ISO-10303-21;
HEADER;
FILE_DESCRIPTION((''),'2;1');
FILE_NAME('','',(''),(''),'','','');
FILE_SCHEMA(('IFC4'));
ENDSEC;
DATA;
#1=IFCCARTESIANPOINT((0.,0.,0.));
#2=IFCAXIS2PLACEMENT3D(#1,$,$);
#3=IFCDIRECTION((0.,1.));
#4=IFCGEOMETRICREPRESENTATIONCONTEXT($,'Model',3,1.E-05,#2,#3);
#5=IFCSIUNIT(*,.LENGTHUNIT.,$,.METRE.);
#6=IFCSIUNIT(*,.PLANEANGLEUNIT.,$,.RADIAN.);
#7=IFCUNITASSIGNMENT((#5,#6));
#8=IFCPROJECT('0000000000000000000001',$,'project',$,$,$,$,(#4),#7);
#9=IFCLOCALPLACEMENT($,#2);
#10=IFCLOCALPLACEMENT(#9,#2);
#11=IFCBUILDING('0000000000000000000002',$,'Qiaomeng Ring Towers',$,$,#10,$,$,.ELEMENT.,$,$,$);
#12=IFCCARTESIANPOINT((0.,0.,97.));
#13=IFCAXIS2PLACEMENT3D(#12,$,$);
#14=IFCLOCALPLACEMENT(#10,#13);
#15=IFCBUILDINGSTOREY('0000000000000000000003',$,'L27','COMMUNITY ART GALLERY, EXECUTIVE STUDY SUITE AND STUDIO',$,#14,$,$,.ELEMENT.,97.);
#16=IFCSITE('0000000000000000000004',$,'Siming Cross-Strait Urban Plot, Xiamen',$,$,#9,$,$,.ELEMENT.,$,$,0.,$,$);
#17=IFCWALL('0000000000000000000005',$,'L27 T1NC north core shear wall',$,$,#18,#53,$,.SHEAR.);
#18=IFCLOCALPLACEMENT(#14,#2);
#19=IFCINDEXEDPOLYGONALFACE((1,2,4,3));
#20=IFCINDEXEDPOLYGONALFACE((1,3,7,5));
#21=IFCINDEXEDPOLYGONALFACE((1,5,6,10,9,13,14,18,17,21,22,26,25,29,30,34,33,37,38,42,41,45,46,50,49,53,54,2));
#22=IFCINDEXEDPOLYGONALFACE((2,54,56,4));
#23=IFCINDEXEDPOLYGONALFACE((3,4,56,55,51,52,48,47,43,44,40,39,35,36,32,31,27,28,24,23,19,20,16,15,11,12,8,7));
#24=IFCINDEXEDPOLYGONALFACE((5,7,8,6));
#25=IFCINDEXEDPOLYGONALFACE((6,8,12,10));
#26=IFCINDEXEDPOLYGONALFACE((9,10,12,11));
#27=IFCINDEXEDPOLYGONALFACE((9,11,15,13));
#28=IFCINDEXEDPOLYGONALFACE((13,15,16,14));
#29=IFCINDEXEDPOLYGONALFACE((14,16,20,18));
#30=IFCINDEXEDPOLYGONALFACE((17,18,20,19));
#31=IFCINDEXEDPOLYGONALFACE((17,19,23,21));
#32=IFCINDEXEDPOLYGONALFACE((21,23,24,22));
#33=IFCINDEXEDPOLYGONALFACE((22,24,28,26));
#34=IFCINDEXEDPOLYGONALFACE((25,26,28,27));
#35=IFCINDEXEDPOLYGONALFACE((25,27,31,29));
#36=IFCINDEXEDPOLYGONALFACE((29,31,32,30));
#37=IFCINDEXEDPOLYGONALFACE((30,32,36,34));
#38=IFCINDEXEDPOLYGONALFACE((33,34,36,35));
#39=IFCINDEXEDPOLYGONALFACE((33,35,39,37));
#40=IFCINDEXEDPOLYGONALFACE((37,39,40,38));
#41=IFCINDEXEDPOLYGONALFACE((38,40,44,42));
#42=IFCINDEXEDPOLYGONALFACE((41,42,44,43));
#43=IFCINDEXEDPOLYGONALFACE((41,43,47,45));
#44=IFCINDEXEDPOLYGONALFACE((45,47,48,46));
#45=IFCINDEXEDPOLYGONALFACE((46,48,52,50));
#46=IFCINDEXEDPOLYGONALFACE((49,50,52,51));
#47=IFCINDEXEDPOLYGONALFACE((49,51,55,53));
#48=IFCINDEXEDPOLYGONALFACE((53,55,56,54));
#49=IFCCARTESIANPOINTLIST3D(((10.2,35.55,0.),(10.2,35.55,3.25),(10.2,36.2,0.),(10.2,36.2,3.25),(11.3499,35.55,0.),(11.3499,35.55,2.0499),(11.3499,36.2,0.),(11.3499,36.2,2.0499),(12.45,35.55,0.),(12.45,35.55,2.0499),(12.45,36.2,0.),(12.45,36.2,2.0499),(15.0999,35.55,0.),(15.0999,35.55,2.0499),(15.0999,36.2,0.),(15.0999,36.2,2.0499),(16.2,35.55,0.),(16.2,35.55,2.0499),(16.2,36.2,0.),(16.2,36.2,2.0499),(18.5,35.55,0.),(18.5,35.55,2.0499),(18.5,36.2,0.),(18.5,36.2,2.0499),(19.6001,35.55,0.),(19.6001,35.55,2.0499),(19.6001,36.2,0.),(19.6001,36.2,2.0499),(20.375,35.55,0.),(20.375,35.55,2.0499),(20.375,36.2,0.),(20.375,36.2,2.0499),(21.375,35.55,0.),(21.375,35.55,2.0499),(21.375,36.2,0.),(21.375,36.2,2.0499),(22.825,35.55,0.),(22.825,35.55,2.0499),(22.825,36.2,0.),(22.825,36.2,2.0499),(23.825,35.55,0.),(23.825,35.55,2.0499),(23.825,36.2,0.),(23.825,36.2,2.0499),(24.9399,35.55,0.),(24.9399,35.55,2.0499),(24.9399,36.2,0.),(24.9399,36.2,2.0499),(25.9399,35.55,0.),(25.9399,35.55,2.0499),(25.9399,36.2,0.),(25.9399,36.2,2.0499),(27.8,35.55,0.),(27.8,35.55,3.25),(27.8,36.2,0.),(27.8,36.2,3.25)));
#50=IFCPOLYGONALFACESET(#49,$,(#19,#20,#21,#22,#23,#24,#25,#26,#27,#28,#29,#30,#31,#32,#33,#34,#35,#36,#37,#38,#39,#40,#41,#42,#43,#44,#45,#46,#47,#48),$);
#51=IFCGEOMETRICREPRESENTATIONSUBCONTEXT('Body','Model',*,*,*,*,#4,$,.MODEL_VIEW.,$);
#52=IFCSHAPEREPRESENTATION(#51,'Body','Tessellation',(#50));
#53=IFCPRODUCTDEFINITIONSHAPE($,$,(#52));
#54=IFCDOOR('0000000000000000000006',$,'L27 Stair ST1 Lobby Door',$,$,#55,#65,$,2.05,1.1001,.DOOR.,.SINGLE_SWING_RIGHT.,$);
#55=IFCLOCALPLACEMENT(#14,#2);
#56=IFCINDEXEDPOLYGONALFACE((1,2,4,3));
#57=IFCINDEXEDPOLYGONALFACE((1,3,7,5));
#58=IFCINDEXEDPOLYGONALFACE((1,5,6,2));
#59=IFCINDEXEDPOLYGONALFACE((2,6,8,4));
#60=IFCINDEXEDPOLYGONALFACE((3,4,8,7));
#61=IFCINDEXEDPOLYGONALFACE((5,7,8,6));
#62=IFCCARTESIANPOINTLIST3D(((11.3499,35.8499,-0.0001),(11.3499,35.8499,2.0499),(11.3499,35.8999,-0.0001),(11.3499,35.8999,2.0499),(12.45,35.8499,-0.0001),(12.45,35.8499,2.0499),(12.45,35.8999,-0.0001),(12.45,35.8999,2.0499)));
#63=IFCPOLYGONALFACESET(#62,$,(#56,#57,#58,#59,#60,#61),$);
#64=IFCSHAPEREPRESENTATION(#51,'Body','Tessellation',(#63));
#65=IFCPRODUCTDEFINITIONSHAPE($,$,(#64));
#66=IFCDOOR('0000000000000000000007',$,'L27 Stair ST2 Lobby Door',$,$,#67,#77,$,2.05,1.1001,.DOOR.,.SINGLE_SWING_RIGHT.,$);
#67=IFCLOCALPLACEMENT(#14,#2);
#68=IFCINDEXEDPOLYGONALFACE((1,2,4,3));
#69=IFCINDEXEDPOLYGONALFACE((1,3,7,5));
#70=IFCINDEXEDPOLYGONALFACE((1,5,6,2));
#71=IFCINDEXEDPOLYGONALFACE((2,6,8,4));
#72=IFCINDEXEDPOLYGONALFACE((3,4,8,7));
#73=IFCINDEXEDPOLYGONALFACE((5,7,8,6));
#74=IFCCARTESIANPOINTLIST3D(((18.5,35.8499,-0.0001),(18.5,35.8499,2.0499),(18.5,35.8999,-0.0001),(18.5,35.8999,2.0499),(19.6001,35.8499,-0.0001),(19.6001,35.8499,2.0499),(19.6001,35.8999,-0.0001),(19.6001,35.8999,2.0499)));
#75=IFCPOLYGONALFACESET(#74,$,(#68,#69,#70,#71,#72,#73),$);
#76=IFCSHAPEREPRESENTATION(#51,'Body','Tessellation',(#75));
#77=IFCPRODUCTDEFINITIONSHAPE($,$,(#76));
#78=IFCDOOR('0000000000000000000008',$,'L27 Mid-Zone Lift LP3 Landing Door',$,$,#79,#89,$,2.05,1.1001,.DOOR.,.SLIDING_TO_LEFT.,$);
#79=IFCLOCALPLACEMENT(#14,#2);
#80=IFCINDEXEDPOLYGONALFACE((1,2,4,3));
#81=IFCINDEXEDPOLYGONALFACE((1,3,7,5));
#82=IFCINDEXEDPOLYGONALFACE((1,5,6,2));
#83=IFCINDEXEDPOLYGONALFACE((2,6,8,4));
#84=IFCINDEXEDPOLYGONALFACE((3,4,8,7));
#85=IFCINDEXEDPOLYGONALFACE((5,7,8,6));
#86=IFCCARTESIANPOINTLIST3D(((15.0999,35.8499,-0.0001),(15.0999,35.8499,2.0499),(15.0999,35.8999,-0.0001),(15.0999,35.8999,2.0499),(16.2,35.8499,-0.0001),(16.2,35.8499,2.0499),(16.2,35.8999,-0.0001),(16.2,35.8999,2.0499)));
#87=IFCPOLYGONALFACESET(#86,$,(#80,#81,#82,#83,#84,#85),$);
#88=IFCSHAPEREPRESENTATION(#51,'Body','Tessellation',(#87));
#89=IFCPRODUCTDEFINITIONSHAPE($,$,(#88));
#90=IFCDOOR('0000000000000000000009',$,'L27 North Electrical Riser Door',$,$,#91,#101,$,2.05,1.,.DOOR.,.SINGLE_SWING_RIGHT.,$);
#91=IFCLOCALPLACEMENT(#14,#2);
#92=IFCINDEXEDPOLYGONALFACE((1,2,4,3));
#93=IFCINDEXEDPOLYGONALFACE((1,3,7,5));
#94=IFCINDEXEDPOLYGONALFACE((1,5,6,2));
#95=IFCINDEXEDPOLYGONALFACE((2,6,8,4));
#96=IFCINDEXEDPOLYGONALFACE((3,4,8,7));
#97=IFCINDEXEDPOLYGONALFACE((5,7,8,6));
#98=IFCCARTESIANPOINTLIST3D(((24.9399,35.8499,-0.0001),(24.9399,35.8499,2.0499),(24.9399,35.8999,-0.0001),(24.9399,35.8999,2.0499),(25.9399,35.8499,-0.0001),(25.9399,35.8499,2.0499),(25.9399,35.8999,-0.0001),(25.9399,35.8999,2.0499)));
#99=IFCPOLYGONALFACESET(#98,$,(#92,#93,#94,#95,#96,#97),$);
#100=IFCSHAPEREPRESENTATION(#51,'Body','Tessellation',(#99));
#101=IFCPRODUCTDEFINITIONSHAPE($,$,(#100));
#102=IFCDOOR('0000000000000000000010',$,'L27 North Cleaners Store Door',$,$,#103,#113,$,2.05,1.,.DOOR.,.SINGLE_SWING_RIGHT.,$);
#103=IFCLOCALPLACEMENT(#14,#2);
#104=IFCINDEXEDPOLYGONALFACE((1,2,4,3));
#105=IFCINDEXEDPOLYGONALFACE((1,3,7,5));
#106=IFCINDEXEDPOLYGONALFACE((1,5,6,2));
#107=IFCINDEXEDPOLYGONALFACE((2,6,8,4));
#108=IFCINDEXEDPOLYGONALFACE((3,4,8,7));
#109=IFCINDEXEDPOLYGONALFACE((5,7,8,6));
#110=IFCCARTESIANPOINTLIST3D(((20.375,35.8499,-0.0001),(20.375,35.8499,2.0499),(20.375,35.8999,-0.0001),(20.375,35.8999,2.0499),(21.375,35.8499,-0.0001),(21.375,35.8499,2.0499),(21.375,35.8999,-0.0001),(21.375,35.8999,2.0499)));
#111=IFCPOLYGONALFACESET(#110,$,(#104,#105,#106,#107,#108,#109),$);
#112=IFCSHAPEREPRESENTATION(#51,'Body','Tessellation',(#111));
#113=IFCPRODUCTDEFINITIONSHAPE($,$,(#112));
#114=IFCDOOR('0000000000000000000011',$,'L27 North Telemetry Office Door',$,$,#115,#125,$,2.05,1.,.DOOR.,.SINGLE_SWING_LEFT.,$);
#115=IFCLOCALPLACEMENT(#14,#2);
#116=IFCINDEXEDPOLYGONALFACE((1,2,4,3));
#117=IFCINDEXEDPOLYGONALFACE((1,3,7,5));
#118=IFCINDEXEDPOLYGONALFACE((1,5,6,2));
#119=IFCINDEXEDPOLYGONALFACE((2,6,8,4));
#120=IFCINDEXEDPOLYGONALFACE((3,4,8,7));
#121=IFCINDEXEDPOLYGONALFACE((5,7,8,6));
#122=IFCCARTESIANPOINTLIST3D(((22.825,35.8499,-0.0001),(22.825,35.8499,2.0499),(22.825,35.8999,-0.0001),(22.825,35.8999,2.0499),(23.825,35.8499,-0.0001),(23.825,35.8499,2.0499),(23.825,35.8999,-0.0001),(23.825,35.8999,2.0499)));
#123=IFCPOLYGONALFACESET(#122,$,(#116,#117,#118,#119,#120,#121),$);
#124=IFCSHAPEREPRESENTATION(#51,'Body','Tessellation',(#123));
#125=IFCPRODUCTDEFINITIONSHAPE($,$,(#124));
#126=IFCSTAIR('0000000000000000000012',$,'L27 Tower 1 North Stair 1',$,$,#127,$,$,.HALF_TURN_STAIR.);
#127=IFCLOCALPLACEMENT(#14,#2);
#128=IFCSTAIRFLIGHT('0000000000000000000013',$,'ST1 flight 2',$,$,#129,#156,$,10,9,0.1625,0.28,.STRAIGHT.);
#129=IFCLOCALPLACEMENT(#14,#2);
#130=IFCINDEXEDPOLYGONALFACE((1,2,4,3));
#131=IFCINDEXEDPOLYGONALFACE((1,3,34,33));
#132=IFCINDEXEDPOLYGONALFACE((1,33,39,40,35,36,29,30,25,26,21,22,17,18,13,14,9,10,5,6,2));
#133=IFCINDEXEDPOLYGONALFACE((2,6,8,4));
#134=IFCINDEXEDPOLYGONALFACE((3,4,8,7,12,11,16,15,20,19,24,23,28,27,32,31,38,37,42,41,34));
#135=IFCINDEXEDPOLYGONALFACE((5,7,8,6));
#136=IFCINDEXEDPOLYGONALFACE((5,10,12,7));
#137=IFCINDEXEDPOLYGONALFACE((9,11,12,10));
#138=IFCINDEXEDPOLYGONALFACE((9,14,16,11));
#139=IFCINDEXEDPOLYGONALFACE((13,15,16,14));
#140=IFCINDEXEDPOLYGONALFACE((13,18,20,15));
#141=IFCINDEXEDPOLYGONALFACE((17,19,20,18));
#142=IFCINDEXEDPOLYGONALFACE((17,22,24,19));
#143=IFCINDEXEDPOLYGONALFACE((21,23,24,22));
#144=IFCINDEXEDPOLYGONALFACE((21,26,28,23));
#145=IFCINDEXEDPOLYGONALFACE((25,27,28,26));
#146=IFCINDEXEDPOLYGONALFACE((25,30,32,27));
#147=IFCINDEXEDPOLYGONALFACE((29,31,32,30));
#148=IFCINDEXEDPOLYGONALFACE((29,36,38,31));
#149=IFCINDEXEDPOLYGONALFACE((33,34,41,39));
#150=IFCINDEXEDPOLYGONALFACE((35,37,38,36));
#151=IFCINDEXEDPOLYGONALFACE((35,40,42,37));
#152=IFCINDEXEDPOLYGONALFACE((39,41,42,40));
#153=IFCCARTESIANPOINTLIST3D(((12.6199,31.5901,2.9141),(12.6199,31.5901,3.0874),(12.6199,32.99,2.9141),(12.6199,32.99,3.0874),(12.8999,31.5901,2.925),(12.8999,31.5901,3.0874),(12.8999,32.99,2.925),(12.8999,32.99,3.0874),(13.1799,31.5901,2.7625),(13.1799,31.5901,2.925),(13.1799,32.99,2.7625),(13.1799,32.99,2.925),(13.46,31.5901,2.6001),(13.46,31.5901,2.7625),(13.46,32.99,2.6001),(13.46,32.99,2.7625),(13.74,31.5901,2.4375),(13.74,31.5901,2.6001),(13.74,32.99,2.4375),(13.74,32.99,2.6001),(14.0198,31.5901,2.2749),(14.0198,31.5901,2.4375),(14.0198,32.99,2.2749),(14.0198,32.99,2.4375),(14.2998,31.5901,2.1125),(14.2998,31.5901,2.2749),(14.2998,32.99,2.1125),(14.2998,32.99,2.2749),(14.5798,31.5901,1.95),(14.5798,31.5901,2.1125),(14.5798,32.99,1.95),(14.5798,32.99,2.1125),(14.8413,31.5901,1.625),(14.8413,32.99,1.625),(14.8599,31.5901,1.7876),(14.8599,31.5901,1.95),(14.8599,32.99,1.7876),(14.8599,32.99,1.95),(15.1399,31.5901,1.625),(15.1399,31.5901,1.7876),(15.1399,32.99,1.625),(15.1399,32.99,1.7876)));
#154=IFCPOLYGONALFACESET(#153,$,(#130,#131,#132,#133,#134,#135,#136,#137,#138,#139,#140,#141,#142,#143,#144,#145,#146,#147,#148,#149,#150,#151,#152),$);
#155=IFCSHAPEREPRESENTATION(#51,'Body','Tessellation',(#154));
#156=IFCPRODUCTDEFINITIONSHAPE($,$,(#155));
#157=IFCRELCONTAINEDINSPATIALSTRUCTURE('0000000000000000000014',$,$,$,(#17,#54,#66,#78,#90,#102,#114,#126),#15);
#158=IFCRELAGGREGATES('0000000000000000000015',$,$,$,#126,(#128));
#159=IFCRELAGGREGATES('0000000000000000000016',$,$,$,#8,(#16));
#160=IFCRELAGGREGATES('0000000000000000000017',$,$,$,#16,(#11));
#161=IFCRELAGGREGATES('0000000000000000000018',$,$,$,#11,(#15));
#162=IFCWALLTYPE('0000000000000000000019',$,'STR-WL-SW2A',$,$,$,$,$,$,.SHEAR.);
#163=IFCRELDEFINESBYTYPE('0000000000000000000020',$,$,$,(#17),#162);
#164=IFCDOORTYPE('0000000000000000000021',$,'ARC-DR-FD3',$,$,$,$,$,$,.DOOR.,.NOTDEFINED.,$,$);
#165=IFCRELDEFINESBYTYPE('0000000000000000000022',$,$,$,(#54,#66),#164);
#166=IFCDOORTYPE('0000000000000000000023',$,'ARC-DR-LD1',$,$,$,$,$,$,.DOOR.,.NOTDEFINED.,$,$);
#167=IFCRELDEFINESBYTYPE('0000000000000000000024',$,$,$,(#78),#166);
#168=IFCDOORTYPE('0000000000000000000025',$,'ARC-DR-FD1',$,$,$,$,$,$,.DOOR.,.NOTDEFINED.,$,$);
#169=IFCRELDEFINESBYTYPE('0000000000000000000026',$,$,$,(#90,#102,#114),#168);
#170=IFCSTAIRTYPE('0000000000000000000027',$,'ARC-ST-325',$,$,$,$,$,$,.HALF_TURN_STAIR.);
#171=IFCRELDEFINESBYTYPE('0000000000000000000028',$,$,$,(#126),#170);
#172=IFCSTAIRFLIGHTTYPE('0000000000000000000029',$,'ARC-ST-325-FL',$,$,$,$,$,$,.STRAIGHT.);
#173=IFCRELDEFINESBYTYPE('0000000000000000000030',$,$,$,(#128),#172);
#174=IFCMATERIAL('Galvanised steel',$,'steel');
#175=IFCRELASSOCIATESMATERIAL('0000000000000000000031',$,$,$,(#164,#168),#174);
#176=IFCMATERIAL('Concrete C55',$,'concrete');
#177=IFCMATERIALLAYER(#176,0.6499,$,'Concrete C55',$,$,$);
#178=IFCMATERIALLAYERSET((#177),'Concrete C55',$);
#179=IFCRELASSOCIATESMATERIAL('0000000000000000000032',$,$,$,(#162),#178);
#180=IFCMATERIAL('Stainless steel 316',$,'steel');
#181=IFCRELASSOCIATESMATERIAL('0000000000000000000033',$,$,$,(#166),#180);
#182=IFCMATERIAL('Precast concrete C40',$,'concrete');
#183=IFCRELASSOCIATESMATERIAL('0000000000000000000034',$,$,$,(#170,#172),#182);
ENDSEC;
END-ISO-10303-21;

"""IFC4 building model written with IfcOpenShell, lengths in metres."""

from ifc_helpers import new_model, si_unit, direction, frame, frame_2d, origin, place, context, subcontext, project, spatial, polyline, rectangle, outline, extrude, source, transform, mapped, material, layer, layer_set, type_object, element, fill, aggregate, save


model = new_model("IFC4")

# Units and contexts
model_context = context("Model", 3, precision=1e-05, world=origin(), true_north=direction((0.0, 1.0)))
body_context = subcontext(model_context, "Body", "Model", "MODEL_VIEW")
ifc_project = project(units=[si_unit("LENGTHUNIT", "METRE"), si_unit("PLANEANGLEUNIT", "RADIAN")], contexts=[model_context])

# Site, building, storey
site_placement = place(None, origin())
site = spatial("IfcSite", under=ifc_project, at=site_placement, Name="Siming Cross-Strait Urban Plot, Xiamen", CompositionType="ELEMENT", RefElevation=0.0)
building_placement = place(site_placement, origin())
building = spatial("IfcBuilding", under=site, at=building_placement, Name="Qiaomeng Ring Towers", CompositionType="ELEMENT")
storey_placement = place(building_placement, frame((0.0, 0.0, 97.0)))
storey = spatial("IfcBuildingStorey", under=building, at=storey_placement, Name="L27", Description="COMMUNITY ART GALLERY, EXECUTIVE STUDY SUITE AND STUDIO", CompositionType="ELEMENT", Elevation=97.0)

# Shared definitions
ifc_material_1 = material(Name="Concrete C55", Category="concrete")

# Shared definitions
shared_shape_1 = source(origin(), body_context, "Body", "SweptSolid", [
    extrude(rectangle(XDim=1.0, YDim=2.05, at=frame_2d((0.5, 1.0249))), frame((0.0, 0.0249, 0.0), z_axis=(0.0, -1.0, 0.0), x_axis=(1.0, 0.0, 0.0)), (0.0, 0.0, 1.0), 0.05),
])

# Shared definitions
ifc_material_2 = material(Name="Galvanised steel", Category="steel")
door_type_1 = type_object("IfcDoorType", Name="ARC-DR-FD3", OperationType="NOTDEFINED", PredefinedType="DOOR", material=ifc_material_2)
shared_shape_2 = source(origin(), body_context, "Body", "SweptSolid", [
    extrude(rectangle(XDim=1.1001, YDim=2.05, at=frame_2d((0.55, 1.0249))), frame((0.0, 0.0249, 0.0), z_axis=(0.0, -1.0, 0.0), x_axis=(1.0, 0.0, 0.0)), (0.0, 0.0, 1.0), 0.05),
])

# Wall, openings, doors
ifc_layer_1 = layer(ifc_material_1, 0.6499, Name="Concrete C55")
ifc_layer_set_1 = layer_set([ifc_layer_1], Name="Concrete C55")
wall_type_1 = type_object("IfcWallType", Name="STR-WL-SW2A", PredefinedType="SHEAR", material=ifc_layer_set_1)
wall_1_placement = place(storey_placement, frame((10.2, 35.875, 0.0), z_axis=(0.0, 0.0, 1.0), x_axis=(1.0, 0.0, 0.0)))
wall_1 = element("IfcWall", 1, at=wall_1_placement, inside=storey, type_object=wall_type_1, Name="L27 T1NC north core shear wall", PredefinedType="SHEAR", context=body_context, shape_type="SweptSolid", body=[
    extrude(rectangle(XDim=17.6001, YDim=0.6499, at=frame_2d((8.8, 0.0))), origin(), (0.0, 0.0, 1.0), 3.25),
])
opening_1_placement = place(wall_1_placement, frame((1.1499, 0.0, 0.0)))
opening_1 = element("IfcOpeningElement", 2, at=opening_1_placement, cuts=wall_1, PredefinedType="OPENING", context=body_context, shape_type="SweptSolid", body=[
    extrude(rectangle(XDim=1.1001, YDim=2.05, at=frame_2d((0.55, 1.0249))), frame((0.0, 0.335, 0.0), z_axis=(0.0, -1.0, 0.0), x_axis=(1.0, 0.0, 0.0)), (0.0, 0.0, 1.0), 0.6699),
])
opening_2_placement = place(wall_1_placement, frame((8.3, 0.0, 0.0)))
opening_2 = element("IfcOpeningElement", 3, at=opening_2_placement, cuts=wall_1, PredefinedType="OPENING", context=body_context, shape_type="SweptSolid", body=[
    extrude(rectangle(XDim=1.1001, YDim=2.05, at=frame_2d((0.55, 1.0249))), frame((0.0, 0.335, 0.0), z_axis=(0.0, -1.0, 0.0), x_axis=(1.0, 0.0, 0.0)), (0.0, 0.0, 1.0), 0.6699),
])
opening_3_placement = place(wall_1_placement, frame((4.8999, 0.0, 0.0)))
opening_3 = element("IfcOpeningElement", 4, at=opening_3_placement, cuts=wall_1, PredefinedType="OPENING", context=body_context, shape_type="SweptSolid", body=[
    extrude(rectangle(XDim=1.1001, YDim=2.05, at=frame_2d((0.55, 1.0249))), frame((0.0, 0.335, 0.0), z_axis=(0.0, -1.0, 0.0), x_axis=(1.0, 0.0, 0.0)), (0.0, 0.0, 1.0), 0.6699),
])
opening_4_placement = place(wall_1_placement, frame((14.74, 0.0, 0.0)))
opening_4 = element("IfcOpeningElement", 5, at=opening_4_placement, cuts=wall_1, PredefinedType="OPENING", context=body_context, shape_type="SweptSolid", body=[
    extrude(rectangle(XDim=1.0, YDim=2.05, at=frame_2d((0.5, 1.0249))), frame((0.0, 0.335, 0.0), z_axis=(0.0, -1.0, 0.0), x_axis=(1.0, 0.0, 0.0)), (0.0, 0.0, 1.0), 0.6699),
])
opening_5_placement = place(wall_1_placement, frame((10.175, 0.0, 0.0)))
opening_5 = element("IfcOpeningElement", 6, at=opening_5_placement, cuts=wall_1, PredefinedType="OPENING", context=body_context, shape_type="SweptSolid", body=[
    extrude(rectangle(XDim=1.0, YDim=2.05, at=frame_2d((0.5, 1.0249))), frame((0.0, 0.335, 0.0), z_axis=(0.0, -1.0, 0.0), x_axis=(1.0, 0.0, 0.0)), (0.0, 0.0, 1.0), 0.6699),
])
opening_6_placement = place(wall_1_placement, frame((12.625, 0.0, 0.0)))
opening_6 = element("IfcOpeningElement", 7, at=opening_6_placement, cuts=wall_1, PredefinedType="OPENING", context=body_context, shape_type="SweptSolid", body=[
    extrude(rectangle(XDim=1.0, YDim=2.05, at=frame_2d((0.5, 1.0249))), frame((0.0, 0.335, 0.0), z_axis=(0.0, -1.0, 0.0), x_axis=(1.0, 0.0, 0.0)), (0.0, 0.0, 1.0), 0.6699),
])
door_1_placement = place(opening_1_placement, origin())
door_1 = element("IfcDoor", 8, at=door_1_placement, inside=storey, type_object=door_type_1, Name="L27 Stair ST1 Lobby Door", OperationType="SINGLE_SWING_RIGHT", OverallHeight=2.05, OverallWidth=1.1001, PredefinedType="DOOR", context=body_context, shape_type="MappedRepresentation", body=[
    mapped(shared_shape_2, transform((0.0, 0.0, 0.0), x_axis=(1.0, 0.0, 0.0), y_axis=(0.0, 1.0, 0.0), z_axis=(0.0, 0.0, 1.0), scale=1.0)),
])
fill(opening_1, door_1)
door_2_placement = place(opening_2_placement, origin())
door_2 = element("IfcDoor", 9, at=door_2_placement, inside=storey, type_object=door_type_1, Name="L27 Stair ST2 Lobby Door", OperationType="SINGLE_SWING_RIGHT", OverallHeight=2.05, OverallWidth=1.1001, PredefinedType="DOOR", context=body_context, shape_type="MappedRepresentation", body=[
    mapped(shared_shape_2, transform((0.0, 0.0, 0.0), x_axis=(1.0, 0.0, 0.0), y_axis=(0.0, 1.0, 0.0), z_axis=(0.0, 0.0, 1.0), scale=1.0)),
])
fill(opening_2, door_2)
ifc_material_3 = material(Name="Stainless steel 316", Category="steel")
door_type_2 = type_object("IfcDoorType", Name="ARC-DR-LD1", OperationType="NOTDEFINED", PredefinedType="DOOR", material=ifc_material_3)
door_3_placement = place(opening_3_placement, origin())
door_3 = element("IfcDoor", 10, at=door_3_placement, inside=storey, type_object=door_type_2, Name="L27 Mid-Zone Lift LP3 Landing Door", OperationType="SLIDING_TO_LEFT", OverallHeight=2.05, OverallWidth=1.1001, PredefinedType="DOOR", context=body_context, shape_type="MappedRepresentation", body=[
    mapped(shared_shape_2, transform((0.0, 0.0, 0.0), x_axis=(1.0, 0.0, 0.0), y_axis=(0.0, 1.0, 0.0), z_axis=(0.0, 0.0, 1.0), scale=1.0)),
])
fill(opening_3, door_3)
door_type_3 = type_object("IfcDoorType", Name="ARC-DR-FD1", OperationType="NOTDEFINED", PredefinedType="DOOR", material=ifc_material_2)
door_4_placement = place(opening_4_placement, origin())
door_4 = element("IfcDoor", 11, at=door_4_placement, inside=storey, type_object=door_type_3, Name="L27 North Electrical Riser Door", OperationType="SINGLE_SWING_RIGHT", OverallHeight=2.05, OverallWidth=1.0, PredefinedType="DOOR", context=body_context, shape_type="MappedRepresentation", body=[
    mapped(shared_shape_1, transform((0.0, 0.0, 0.0), x_axis=(1.0, 0.0, 0.0), y_axis=(0.0, 1.0, 0.0), z_axis=(0.0, 0.0, 1.0), scale=1.0)),
])
fill(opening_4, door_4)
door_5_placement = place(opening_5_placement, origin())
door_5 = element("IfcDoor", 12, at=door_5_placement, inside=storey, type_object=door_type_3, Name="L27 North Cleaners Store Door", OperationType="SINGLE_SWING_RIGHT", OverallHeight=2.05, OverallWidth=1.0, PredefinedType="DOOR", context=body_context, shape_type="MappedRepresentation", body=[
    mapped(shared_shape_1, transform((0.0, 0.0, 0.0), x_axis=(1.0, 0.0, 0.0), y_axis=(0.0, 1.0, 0.0), z_axis=(0.0, 0.0, 1.0), scale=1.0)),
])
fill(opening_5, door_5)
door_6_placement = place(opening_6_placement, origin())
door_6 = element("IfcDoor", 13, at=door_6_placement, inside=storey, type_object=door_type_3, Name="L27 North Telemetry Office Door", OperationType="SINGLE_SWING_LEFT", OverallHeight=2.05, OverallWidth=1.0, PredefinedType="DOOR", context=body_context, shape_type="MappedRepresentation", body=[
    mapped(shared_shape_1, transform((0.0, 0.0, 0.0), x_axis=(1.0, 0.0, 0.0), y_axis=(0.0, 1.0, 0.0), z_axis=(0.0, 0.0, 1.0), scale=1.0)),
])
fill(opening_6, door_6)

# Stair, stair flight
ifc_material_4 = material(Name="Precast concrete C40", Category="concrete")
stair_type = type_object("IfcStairType", Name="ARC-ST-325", PredefinedType="HALF_TURN_STAIR", material=ifc_material_4)
stair_placement = place(storey_placement, origin())
stair = element("IfcStair", 14, at=stair_placement, inside=storey, type_object=stair_type, Name="L27 Tower 1 North Stair 1", PredefinedType="HALF_TURN_STAIR")
stair_flight_type = type_object("IfcStairFlightType", Name="ARC-ST-325-FL", PredefinedType="STRAIGHT", material=ifc_material_4)
shared_shape_3 = source(origin(), body_context, "Body", "SweptSolid", [
    extrude(outline(polyline([(0.0, 0.0), (0.0, 0.1626), (0.28, 0.1626), (0.28, 0.325), (0.5601, 0.325), (0.5601, 0.4875), (0.8401, 0.4875), (0.8401, 0.6499), (1.1201, 0.6499), (1.1201, 0.8125), (1.3999, 0.8125), (1.3999, 0.9751), (1.6799, 0.9751), (1.6799, 1.1375), (1.96, 1.1375), (1.96, 1.3), (2.24, 1.3), (2.24, 1.4624), (2.52, 1.4624), (2.52, 1.625), (2.52, 1.2891), (0.2986, 0.0), (0.0, 0.0)])), frame((0.0, 0.7, 0.0), z_axis=(0.0, -1.0, 0.0), x_axis=(1.0, 0.0, 0.0)), (0.0, 0.0, 1.0), 1.3999),
])
stair_flight_placement = place(storey_placement, frame((15.1399, 32.29, 1.625), z_axis=(0.0, 0.0, 1.0), x_axis=(-1.0, 0.0, 0.0)))
stair_flight = element("IfcStairFlight", 15, at=stair_flight_placement, type_object=stair_flight_type, Name="ST1 flight 2", NumberOfRisers=10, NumberOfTreads=9, PredefinedType="STRAIGHT", RiserHeight=0.1625, TreadLength=0.28, context=body_context, shape_type="MappedRepresentation", body=[
    mapped(shared_shape_3, transform((0.0, 0.0, 0.0), x_axis=(1.0, 0.0, 0.0), y_axis=(0.0, 1.0, 0.0), z_axis=(0.0, 0.0, 1.0), scale=1.0)),
])
aggregate(stair, [stair_flight])

save(model, "model.ifc")
